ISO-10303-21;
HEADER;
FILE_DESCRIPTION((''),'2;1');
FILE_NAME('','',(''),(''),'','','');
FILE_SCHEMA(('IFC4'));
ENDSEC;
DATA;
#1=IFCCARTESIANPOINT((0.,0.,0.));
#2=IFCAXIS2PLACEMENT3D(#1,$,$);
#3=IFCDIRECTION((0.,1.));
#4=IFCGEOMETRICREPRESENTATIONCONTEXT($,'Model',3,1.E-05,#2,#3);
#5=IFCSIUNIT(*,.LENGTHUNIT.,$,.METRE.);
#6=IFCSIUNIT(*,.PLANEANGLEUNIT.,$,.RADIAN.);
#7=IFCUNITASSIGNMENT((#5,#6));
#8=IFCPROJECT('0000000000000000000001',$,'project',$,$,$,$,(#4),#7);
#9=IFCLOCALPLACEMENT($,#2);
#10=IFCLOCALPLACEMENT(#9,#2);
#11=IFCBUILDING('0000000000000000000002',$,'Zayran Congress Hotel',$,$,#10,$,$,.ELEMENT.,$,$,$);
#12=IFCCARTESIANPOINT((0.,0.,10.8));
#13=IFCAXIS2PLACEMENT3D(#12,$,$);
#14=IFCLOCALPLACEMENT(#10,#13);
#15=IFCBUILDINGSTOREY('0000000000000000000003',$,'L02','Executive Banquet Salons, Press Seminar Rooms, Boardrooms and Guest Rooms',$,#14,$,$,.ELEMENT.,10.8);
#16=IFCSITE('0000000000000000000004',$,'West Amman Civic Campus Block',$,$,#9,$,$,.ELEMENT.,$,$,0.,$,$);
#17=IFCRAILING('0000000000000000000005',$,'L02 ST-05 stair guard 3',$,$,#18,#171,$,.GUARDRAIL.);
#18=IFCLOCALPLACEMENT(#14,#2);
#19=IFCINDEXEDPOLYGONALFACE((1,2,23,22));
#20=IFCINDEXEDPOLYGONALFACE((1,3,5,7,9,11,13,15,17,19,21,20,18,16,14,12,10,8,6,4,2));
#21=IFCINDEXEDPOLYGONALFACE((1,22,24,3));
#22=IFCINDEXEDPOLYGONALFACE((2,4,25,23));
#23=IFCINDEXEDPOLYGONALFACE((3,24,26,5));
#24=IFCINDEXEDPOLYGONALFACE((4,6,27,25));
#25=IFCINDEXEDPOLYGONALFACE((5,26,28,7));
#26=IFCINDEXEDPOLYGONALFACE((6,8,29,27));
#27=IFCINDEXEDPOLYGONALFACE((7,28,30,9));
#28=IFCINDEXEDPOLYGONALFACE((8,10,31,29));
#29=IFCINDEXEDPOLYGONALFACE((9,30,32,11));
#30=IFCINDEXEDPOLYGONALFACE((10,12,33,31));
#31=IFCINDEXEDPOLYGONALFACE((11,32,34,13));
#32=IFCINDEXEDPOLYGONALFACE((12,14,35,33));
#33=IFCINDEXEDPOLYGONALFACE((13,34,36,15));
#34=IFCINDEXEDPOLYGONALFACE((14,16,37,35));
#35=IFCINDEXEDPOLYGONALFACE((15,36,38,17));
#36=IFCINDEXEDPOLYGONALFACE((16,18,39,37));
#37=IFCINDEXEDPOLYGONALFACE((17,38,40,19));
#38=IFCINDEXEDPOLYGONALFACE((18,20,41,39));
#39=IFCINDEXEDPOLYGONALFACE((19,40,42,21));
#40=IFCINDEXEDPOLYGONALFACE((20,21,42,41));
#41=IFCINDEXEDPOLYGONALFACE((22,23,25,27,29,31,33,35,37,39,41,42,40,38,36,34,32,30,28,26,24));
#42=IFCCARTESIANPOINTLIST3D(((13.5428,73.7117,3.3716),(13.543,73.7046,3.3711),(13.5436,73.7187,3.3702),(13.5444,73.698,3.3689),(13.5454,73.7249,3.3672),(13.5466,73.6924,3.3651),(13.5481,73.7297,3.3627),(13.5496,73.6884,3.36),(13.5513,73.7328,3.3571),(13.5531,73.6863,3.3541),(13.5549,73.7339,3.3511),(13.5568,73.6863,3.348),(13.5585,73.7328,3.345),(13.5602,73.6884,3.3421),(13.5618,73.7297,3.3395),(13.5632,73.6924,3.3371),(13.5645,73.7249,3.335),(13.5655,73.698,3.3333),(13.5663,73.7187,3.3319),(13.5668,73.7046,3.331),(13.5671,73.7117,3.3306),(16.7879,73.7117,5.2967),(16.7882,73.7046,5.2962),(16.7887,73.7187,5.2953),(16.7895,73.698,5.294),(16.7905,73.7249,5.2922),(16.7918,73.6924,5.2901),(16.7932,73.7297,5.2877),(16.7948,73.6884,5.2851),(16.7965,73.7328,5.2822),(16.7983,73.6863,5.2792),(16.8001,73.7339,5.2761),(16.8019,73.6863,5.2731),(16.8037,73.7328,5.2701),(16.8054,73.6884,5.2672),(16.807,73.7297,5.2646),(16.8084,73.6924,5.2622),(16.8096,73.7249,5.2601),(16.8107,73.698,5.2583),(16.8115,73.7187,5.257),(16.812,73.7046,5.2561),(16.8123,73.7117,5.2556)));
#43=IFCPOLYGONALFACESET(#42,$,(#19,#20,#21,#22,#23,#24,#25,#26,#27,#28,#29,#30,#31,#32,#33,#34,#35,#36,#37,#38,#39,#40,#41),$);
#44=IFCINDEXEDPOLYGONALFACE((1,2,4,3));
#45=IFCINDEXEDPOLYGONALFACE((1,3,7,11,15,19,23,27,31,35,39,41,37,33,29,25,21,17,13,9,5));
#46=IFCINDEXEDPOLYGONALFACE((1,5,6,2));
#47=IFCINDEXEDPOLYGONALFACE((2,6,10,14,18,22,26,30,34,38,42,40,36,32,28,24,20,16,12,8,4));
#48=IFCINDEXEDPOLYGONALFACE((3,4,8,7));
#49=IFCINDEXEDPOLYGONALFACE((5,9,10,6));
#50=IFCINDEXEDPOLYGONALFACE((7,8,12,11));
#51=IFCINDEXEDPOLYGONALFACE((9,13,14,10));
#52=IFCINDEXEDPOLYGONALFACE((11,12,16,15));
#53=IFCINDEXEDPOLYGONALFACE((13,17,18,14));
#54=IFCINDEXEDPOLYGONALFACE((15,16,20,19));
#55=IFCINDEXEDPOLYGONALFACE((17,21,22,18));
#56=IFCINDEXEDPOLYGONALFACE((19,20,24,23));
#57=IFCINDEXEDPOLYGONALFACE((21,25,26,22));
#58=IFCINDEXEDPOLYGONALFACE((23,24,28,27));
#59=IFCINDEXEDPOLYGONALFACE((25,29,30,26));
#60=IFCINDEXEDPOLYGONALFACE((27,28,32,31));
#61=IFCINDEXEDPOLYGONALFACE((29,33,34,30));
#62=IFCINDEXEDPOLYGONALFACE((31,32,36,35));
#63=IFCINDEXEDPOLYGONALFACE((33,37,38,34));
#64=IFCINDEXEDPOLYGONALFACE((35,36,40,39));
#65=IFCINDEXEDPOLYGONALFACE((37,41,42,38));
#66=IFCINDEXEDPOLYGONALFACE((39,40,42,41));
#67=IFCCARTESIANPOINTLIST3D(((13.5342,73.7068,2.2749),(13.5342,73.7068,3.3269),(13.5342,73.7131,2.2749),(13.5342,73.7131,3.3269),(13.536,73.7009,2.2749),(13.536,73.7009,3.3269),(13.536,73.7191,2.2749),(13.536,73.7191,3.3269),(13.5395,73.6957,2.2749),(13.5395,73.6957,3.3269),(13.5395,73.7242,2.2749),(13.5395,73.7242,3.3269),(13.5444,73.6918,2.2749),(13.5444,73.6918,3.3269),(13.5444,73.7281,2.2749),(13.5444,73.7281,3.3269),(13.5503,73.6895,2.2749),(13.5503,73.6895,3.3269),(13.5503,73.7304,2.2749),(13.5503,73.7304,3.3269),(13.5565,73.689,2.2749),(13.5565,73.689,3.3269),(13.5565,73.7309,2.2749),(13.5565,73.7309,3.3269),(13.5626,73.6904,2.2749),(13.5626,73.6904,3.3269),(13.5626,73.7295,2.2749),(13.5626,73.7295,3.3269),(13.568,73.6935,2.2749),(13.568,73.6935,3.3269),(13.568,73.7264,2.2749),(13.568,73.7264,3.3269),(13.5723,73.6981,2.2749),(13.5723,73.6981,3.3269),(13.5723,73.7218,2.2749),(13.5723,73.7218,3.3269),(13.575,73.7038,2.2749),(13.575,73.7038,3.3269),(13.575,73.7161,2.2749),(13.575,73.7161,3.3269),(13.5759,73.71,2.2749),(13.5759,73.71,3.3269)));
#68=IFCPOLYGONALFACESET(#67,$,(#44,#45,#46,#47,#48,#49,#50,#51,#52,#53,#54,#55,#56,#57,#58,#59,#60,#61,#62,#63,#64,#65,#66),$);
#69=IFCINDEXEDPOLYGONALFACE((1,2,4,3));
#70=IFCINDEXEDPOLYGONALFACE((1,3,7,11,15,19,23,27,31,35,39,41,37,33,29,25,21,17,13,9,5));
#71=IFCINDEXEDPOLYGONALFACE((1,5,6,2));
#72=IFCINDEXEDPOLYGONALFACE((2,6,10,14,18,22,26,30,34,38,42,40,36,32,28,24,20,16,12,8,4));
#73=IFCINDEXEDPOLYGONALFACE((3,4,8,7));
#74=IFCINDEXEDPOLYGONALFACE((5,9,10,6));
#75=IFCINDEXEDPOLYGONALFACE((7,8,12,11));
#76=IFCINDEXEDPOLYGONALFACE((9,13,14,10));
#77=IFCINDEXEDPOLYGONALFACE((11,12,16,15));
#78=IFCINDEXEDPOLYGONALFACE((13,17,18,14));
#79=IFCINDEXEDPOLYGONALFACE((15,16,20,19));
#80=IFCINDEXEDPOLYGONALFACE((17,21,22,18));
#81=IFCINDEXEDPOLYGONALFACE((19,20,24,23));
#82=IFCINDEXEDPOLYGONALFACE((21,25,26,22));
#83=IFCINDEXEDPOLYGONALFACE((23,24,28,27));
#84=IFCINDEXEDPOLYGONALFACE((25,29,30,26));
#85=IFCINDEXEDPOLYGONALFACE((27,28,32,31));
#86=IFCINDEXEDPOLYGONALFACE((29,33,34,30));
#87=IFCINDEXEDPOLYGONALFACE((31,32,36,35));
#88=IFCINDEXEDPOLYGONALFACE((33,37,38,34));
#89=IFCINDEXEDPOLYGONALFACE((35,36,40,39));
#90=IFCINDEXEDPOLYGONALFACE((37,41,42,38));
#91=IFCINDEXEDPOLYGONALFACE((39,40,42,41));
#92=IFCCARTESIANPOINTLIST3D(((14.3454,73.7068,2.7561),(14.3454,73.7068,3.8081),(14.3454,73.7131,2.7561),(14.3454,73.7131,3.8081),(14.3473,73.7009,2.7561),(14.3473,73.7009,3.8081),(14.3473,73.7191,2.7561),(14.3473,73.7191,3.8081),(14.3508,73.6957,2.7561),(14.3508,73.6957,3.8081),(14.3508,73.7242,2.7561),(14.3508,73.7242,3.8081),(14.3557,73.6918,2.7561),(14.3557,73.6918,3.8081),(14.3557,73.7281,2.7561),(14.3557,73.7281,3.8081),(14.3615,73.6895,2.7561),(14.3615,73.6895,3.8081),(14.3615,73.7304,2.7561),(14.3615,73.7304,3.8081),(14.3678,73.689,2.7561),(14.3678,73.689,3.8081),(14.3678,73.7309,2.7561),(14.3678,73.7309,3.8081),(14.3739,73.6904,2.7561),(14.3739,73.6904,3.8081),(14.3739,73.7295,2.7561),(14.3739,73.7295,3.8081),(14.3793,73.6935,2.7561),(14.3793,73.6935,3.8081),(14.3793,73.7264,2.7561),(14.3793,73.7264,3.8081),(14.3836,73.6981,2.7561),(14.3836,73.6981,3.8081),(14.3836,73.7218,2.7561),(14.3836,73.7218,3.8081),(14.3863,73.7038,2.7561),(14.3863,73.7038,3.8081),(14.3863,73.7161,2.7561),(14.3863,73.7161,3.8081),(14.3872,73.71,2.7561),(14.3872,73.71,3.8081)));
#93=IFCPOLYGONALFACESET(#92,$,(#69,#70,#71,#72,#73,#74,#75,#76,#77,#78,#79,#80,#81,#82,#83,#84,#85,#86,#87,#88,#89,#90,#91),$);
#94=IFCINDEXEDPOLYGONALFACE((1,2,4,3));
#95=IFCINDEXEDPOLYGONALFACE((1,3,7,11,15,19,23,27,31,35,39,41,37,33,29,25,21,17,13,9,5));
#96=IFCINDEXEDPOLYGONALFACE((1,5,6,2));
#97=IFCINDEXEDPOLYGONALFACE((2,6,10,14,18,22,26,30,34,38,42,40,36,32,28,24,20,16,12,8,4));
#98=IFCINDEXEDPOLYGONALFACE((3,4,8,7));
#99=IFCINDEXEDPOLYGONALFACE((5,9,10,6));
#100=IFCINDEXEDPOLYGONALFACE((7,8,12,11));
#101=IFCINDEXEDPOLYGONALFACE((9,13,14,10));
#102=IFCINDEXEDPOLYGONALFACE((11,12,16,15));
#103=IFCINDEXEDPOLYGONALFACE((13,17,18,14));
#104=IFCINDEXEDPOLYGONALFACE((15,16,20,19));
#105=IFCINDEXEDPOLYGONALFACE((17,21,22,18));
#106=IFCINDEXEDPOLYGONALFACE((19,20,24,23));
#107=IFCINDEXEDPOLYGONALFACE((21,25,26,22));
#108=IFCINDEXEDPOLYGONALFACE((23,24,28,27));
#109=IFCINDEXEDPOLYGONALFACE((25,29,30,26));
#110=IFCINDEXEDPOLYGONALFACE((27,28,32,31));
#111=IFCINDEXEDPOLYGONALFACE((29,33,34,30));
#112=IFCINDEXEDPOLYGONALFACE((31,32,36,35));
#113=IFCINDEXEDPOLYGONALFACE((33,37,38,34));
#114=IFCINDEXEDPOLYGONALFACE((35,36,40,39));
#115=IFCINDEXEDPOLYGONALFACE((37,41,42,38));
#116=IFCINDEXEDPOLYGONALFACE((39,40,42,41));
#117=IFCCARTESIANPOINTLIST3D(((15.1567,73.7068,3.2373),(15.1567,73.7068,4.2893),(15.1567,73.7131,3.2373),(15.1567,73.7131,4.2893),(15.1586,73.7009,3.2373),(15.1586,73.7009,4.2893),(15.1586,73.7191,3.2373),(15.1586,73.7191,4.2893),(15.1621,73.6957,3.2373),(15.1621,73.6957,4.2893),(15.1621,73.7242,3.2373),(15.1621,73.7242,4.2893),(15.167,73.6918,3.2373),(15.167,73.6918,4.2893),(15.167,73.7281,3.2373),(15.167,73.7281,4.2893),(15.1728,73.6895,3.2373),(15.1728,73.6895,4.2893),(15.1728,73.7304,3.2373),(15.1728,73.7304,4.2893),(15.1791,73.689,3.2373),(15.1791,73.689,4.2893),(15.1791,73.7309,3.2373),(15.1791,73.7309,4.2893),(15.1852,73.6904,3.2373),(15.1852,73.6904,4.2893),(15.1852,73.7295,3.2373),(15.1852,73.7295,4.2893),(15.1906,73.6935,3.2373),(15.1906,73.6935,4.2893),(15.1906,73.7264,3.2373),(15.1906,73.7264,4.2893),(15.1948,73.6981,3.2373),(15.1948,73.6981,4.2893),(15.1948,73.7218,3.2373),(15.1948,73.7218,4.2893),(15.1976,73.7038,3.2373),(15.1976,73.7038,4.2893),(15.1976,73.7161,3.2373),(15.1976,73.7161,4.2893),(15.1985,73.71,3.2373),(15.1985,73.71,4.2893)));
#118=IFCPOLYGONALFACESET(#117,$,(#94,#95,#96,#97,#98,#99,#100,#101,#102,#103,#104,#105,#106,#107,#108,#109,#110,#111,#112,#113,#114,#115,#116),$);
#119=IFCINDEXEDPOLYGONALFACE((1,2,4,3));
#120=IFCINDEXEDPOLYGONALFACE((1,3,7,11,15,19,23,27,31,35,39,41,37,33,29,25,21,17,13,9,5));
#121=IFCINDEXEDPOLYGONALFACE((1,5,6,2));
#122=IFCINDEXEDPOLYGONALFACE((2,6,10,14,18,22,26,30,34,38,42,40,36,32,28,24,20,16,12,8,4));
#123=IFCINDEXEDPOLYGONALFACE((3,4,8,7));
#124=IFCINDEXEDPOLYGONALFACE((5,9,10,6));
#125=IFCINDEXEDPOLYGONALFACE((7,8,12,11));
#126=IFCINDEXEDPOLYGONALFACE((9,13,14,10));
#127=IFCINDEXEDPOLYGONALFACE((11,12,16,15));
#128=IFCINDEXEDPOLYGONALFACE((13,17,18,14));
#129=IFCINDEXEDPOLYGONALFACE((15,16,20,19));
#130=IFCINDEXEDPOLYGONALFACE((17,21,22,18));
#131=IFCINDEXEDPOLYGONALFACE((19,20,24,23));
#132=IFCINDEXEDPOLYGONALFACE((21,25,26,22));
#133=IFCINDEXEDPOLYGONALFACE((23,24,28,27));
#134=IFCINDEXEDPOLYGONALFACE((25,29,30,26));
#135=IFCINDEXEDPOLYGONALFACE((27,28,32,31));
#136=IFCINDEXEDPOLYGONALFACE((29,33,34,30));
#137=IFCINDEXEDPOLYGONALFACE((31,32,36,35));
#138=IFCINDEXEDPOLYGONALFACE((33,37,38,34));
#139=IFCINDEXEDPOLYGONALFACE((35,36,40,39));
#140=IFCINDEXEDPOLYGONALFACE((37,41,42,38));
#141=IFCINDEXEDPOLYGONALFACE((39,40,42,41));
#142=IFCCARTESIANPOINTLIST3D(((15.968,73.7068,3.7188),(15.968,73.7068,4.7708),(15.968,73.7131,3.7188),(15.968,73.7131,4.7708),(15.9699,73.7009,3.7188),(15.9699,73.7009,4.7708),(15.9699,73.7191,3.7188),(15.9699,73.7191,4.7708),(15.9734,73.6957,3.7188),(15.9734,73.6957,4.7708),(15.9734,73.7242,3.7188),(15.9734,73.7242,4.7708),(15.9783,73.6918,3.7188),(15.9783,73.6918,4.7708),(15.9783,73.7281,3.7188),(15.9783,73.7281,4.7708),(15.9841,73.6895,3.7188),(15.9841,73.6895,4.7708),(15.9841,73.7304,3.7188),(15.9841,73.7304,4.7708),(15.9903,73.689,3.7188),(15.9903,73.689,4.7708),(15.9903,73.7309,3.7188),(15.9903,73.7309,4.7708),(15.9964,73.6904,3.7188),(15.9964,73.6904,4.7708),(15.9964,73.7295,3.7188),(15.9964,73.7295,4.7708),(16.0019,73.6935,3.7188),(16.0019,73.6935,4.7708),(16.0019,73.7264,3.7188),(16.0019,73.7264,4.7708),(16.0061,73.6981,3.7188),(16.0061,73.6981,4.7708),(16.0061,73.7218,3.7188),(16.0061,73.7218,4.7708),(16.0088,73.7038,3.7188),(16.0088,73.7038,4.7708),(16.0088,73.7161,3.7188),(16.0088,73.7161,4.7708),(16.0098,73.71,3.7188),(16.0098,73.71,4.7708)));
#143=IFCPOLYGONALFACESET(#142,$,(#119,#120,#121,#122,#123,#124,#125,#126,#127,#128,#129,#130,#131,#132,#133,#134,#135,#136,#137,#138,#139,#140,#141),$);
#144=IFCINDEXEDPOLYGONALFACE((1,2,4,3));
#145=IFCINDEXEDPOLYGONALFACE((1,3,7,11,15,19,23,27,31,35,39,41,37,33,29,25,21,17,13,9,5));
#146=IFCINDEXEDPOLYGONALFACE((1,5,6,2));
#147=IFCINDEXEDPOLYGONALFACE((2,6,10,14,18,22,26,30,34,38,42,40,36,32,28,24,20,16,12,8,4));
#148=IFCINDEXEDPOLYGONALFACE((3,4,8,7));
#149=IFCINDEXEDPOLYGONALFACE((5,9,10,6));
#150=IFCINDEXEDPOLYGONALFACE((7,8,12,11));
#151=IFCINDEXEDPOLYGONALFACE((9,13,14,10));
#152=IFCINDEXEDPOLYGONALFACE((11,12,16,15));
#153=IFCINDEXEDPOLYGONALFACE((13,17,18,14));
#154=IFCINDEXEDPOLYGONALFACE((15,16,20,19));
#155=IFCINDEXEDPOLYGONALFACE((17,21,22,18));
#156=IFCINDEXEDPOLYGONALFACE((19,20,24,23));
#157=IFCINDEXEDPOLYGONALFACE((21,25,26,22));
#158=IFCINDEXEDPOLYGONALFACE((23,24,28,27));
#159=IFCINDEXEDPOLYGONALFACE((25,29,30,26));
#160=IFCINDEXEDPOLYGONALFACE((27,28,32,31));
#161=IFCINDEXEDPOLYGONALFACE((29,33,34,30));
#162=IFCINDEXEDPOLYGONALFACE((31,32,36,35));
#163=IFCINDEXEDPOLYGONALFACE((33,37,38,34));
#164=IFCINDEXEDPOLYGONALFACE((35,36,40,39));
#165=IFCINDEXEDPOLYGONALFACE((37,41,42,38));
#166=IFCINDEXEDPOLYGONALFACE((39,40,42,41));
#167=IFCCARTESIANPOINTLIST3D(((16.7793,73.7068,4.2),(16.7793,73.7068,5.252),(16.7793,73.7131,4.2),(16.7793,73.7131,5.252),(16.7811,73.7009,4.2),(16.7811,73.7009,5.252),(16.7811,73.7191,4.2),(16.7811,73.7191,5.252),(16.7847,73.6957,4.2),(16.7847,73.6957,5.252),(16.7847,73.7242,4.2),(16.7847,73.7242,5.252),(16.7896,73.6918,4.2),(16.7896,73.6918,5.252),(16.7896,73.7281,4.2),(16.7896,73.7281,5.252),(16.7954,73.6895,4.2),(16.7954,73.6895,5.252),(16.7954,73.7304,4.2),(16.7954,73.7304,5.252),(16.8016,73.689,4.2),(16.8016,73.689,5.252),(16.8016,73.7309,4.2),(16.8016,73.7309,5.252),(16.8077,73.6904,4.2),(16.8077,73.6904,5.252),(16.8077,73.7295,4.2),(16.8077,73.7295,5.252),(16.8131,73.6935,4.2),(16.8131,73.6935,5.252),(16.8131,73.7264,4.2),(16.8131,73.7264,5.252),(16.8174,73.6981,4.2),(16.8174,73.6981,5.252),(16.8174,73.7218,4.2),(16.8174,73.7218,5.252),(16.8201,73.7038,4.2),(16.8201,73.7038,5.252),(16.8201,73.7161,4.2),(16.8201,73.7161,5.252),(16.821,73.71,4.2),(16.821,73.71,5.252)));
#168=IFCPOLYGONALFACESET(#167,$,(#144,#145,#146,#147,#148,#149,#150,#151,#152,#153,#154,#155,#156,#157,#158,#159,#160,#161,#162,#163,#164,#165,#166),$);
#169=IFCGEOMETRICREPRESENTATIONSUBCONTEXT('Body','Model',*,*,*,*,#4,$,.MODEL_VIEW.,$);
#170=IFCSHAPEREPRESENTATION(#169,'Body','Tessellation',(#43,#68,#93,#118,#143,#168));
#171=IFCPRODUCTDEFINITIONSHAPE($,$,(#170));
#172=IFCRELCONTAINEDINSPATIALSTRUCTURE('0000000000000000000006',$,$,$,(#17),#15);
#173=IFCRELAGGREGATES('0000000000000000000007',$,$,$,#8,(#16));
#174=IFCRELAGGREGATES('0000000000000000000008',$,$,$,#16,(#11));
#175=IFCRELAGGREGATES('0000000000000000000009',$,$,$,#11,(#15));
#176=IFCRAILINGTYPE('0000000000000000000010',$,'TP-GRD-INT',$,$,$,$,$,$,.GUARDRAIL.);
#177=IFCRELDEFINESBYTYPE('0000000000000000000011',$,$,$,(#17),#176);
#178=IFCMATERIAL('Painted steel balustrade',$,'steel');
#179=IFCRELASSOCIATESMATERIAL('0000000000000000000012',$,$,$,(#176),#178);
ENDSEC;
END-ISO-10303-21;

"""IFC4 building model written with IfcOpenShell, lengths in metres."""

from ifc_helpers import new_model, si_unit, direction, frame, origin, origin_2d, place, context, subcontext, project, spatial, circle, extrude, material, type_object, element, save


model = new_model("IFC4")

# Units and contexts
model_context = context("Model", 3, precision=1e-05, world=origin(), true_north=direction((0.0, 1.0)))
body_context = subcontext(model_context, "Body", "Model", "MODEL_VIEW")
ifc_project = project(units=[si_unit("LENGTHUNIT", "METRE"), si_unit("PLANEANGLEUNIT", "RADIAN")], contexts=[model_context])

# Site, building, storey
site_placement = place(None, origin())
site = spatial("IfcSite", under=ifc_project, at=site_placement, Name="West Amman Civic Campus Block", CompositionType="ELEMENT", RefElevation=0.0)
building_placement = place(site_placement, origin())
building = spatial("IfcBuilding", under=site, at=building_placement, Name="Zayran Congress Hotel", CompositionType="ELEMENT")
storey_placement = place(building_placement, frame((0.0, 0.0, 10.8)))
storey = spatial("IfcBuildingStorey", under=building, at=storey_placement, Name="L02", Description="Executive Banquet Salons, Press Seminar Rooms, Boardrooms and Guest Rooms", CompositionType="ELEMENT", Elevation=10.8)

# Railing
ifc_material_1 = material(Name="Painted steel balustrade", Category="steel")
railing_type_1 = type_object("IfcRailingType", Name="TP-GRD-INT", PredefinedType="GUARDRAIL", material=ifc_material_1)
railing_1_placement = place(storey_placement, frame((13.5549, 73.71, 2.2749)))
element("IfcRailing", 1, at=railing_1_placement, inside=storey, type_object=railing_type_1, Name="L02 ST-05 stair guard 3", PredefinedType="GUARDRAIL", context=body_context, shape_type="SweptSolid", body=[
    extrude(circle(Radius=0.0239, at=origin_2d()), frame((0.0, 0.0, 1.0762), z_axis=(0.860057, 0.0, 0.510198), x_axis=(0.0, 1.0, 0.0)), (0.0, 0.0, 1.0), 3.7732),
    extrude(circle(Radius=0.021, at=origin_2d()), origin(), (0.0, 0.0, 1.0), 1.052),
    extrude(circle(Radius=0.021, at=origin_2d()), frame((0.8113, 0.0, 0.4812)), (0.0, 0.0, 1.0), 1.052),
    extrude(circle(Radius=0.021, at=origin_2d()), frame((1.6226, 0.0, 0.9624)), (0.0, 0.0, 1.0), 1.052),
    extrude(circle(Radius=0.021, at=origin_2d()), frame((2.4338, 0.0, 1.4438)), (0.0, 0.0, 1.0), 1.052),
    extrude(circle(Radius=0.021, at=origin_2d()), frame((3.2451, 0.0, 1.925)), (0.0, 0.0, 1.0), 1.052),
])

save(model, "model.ifc")
